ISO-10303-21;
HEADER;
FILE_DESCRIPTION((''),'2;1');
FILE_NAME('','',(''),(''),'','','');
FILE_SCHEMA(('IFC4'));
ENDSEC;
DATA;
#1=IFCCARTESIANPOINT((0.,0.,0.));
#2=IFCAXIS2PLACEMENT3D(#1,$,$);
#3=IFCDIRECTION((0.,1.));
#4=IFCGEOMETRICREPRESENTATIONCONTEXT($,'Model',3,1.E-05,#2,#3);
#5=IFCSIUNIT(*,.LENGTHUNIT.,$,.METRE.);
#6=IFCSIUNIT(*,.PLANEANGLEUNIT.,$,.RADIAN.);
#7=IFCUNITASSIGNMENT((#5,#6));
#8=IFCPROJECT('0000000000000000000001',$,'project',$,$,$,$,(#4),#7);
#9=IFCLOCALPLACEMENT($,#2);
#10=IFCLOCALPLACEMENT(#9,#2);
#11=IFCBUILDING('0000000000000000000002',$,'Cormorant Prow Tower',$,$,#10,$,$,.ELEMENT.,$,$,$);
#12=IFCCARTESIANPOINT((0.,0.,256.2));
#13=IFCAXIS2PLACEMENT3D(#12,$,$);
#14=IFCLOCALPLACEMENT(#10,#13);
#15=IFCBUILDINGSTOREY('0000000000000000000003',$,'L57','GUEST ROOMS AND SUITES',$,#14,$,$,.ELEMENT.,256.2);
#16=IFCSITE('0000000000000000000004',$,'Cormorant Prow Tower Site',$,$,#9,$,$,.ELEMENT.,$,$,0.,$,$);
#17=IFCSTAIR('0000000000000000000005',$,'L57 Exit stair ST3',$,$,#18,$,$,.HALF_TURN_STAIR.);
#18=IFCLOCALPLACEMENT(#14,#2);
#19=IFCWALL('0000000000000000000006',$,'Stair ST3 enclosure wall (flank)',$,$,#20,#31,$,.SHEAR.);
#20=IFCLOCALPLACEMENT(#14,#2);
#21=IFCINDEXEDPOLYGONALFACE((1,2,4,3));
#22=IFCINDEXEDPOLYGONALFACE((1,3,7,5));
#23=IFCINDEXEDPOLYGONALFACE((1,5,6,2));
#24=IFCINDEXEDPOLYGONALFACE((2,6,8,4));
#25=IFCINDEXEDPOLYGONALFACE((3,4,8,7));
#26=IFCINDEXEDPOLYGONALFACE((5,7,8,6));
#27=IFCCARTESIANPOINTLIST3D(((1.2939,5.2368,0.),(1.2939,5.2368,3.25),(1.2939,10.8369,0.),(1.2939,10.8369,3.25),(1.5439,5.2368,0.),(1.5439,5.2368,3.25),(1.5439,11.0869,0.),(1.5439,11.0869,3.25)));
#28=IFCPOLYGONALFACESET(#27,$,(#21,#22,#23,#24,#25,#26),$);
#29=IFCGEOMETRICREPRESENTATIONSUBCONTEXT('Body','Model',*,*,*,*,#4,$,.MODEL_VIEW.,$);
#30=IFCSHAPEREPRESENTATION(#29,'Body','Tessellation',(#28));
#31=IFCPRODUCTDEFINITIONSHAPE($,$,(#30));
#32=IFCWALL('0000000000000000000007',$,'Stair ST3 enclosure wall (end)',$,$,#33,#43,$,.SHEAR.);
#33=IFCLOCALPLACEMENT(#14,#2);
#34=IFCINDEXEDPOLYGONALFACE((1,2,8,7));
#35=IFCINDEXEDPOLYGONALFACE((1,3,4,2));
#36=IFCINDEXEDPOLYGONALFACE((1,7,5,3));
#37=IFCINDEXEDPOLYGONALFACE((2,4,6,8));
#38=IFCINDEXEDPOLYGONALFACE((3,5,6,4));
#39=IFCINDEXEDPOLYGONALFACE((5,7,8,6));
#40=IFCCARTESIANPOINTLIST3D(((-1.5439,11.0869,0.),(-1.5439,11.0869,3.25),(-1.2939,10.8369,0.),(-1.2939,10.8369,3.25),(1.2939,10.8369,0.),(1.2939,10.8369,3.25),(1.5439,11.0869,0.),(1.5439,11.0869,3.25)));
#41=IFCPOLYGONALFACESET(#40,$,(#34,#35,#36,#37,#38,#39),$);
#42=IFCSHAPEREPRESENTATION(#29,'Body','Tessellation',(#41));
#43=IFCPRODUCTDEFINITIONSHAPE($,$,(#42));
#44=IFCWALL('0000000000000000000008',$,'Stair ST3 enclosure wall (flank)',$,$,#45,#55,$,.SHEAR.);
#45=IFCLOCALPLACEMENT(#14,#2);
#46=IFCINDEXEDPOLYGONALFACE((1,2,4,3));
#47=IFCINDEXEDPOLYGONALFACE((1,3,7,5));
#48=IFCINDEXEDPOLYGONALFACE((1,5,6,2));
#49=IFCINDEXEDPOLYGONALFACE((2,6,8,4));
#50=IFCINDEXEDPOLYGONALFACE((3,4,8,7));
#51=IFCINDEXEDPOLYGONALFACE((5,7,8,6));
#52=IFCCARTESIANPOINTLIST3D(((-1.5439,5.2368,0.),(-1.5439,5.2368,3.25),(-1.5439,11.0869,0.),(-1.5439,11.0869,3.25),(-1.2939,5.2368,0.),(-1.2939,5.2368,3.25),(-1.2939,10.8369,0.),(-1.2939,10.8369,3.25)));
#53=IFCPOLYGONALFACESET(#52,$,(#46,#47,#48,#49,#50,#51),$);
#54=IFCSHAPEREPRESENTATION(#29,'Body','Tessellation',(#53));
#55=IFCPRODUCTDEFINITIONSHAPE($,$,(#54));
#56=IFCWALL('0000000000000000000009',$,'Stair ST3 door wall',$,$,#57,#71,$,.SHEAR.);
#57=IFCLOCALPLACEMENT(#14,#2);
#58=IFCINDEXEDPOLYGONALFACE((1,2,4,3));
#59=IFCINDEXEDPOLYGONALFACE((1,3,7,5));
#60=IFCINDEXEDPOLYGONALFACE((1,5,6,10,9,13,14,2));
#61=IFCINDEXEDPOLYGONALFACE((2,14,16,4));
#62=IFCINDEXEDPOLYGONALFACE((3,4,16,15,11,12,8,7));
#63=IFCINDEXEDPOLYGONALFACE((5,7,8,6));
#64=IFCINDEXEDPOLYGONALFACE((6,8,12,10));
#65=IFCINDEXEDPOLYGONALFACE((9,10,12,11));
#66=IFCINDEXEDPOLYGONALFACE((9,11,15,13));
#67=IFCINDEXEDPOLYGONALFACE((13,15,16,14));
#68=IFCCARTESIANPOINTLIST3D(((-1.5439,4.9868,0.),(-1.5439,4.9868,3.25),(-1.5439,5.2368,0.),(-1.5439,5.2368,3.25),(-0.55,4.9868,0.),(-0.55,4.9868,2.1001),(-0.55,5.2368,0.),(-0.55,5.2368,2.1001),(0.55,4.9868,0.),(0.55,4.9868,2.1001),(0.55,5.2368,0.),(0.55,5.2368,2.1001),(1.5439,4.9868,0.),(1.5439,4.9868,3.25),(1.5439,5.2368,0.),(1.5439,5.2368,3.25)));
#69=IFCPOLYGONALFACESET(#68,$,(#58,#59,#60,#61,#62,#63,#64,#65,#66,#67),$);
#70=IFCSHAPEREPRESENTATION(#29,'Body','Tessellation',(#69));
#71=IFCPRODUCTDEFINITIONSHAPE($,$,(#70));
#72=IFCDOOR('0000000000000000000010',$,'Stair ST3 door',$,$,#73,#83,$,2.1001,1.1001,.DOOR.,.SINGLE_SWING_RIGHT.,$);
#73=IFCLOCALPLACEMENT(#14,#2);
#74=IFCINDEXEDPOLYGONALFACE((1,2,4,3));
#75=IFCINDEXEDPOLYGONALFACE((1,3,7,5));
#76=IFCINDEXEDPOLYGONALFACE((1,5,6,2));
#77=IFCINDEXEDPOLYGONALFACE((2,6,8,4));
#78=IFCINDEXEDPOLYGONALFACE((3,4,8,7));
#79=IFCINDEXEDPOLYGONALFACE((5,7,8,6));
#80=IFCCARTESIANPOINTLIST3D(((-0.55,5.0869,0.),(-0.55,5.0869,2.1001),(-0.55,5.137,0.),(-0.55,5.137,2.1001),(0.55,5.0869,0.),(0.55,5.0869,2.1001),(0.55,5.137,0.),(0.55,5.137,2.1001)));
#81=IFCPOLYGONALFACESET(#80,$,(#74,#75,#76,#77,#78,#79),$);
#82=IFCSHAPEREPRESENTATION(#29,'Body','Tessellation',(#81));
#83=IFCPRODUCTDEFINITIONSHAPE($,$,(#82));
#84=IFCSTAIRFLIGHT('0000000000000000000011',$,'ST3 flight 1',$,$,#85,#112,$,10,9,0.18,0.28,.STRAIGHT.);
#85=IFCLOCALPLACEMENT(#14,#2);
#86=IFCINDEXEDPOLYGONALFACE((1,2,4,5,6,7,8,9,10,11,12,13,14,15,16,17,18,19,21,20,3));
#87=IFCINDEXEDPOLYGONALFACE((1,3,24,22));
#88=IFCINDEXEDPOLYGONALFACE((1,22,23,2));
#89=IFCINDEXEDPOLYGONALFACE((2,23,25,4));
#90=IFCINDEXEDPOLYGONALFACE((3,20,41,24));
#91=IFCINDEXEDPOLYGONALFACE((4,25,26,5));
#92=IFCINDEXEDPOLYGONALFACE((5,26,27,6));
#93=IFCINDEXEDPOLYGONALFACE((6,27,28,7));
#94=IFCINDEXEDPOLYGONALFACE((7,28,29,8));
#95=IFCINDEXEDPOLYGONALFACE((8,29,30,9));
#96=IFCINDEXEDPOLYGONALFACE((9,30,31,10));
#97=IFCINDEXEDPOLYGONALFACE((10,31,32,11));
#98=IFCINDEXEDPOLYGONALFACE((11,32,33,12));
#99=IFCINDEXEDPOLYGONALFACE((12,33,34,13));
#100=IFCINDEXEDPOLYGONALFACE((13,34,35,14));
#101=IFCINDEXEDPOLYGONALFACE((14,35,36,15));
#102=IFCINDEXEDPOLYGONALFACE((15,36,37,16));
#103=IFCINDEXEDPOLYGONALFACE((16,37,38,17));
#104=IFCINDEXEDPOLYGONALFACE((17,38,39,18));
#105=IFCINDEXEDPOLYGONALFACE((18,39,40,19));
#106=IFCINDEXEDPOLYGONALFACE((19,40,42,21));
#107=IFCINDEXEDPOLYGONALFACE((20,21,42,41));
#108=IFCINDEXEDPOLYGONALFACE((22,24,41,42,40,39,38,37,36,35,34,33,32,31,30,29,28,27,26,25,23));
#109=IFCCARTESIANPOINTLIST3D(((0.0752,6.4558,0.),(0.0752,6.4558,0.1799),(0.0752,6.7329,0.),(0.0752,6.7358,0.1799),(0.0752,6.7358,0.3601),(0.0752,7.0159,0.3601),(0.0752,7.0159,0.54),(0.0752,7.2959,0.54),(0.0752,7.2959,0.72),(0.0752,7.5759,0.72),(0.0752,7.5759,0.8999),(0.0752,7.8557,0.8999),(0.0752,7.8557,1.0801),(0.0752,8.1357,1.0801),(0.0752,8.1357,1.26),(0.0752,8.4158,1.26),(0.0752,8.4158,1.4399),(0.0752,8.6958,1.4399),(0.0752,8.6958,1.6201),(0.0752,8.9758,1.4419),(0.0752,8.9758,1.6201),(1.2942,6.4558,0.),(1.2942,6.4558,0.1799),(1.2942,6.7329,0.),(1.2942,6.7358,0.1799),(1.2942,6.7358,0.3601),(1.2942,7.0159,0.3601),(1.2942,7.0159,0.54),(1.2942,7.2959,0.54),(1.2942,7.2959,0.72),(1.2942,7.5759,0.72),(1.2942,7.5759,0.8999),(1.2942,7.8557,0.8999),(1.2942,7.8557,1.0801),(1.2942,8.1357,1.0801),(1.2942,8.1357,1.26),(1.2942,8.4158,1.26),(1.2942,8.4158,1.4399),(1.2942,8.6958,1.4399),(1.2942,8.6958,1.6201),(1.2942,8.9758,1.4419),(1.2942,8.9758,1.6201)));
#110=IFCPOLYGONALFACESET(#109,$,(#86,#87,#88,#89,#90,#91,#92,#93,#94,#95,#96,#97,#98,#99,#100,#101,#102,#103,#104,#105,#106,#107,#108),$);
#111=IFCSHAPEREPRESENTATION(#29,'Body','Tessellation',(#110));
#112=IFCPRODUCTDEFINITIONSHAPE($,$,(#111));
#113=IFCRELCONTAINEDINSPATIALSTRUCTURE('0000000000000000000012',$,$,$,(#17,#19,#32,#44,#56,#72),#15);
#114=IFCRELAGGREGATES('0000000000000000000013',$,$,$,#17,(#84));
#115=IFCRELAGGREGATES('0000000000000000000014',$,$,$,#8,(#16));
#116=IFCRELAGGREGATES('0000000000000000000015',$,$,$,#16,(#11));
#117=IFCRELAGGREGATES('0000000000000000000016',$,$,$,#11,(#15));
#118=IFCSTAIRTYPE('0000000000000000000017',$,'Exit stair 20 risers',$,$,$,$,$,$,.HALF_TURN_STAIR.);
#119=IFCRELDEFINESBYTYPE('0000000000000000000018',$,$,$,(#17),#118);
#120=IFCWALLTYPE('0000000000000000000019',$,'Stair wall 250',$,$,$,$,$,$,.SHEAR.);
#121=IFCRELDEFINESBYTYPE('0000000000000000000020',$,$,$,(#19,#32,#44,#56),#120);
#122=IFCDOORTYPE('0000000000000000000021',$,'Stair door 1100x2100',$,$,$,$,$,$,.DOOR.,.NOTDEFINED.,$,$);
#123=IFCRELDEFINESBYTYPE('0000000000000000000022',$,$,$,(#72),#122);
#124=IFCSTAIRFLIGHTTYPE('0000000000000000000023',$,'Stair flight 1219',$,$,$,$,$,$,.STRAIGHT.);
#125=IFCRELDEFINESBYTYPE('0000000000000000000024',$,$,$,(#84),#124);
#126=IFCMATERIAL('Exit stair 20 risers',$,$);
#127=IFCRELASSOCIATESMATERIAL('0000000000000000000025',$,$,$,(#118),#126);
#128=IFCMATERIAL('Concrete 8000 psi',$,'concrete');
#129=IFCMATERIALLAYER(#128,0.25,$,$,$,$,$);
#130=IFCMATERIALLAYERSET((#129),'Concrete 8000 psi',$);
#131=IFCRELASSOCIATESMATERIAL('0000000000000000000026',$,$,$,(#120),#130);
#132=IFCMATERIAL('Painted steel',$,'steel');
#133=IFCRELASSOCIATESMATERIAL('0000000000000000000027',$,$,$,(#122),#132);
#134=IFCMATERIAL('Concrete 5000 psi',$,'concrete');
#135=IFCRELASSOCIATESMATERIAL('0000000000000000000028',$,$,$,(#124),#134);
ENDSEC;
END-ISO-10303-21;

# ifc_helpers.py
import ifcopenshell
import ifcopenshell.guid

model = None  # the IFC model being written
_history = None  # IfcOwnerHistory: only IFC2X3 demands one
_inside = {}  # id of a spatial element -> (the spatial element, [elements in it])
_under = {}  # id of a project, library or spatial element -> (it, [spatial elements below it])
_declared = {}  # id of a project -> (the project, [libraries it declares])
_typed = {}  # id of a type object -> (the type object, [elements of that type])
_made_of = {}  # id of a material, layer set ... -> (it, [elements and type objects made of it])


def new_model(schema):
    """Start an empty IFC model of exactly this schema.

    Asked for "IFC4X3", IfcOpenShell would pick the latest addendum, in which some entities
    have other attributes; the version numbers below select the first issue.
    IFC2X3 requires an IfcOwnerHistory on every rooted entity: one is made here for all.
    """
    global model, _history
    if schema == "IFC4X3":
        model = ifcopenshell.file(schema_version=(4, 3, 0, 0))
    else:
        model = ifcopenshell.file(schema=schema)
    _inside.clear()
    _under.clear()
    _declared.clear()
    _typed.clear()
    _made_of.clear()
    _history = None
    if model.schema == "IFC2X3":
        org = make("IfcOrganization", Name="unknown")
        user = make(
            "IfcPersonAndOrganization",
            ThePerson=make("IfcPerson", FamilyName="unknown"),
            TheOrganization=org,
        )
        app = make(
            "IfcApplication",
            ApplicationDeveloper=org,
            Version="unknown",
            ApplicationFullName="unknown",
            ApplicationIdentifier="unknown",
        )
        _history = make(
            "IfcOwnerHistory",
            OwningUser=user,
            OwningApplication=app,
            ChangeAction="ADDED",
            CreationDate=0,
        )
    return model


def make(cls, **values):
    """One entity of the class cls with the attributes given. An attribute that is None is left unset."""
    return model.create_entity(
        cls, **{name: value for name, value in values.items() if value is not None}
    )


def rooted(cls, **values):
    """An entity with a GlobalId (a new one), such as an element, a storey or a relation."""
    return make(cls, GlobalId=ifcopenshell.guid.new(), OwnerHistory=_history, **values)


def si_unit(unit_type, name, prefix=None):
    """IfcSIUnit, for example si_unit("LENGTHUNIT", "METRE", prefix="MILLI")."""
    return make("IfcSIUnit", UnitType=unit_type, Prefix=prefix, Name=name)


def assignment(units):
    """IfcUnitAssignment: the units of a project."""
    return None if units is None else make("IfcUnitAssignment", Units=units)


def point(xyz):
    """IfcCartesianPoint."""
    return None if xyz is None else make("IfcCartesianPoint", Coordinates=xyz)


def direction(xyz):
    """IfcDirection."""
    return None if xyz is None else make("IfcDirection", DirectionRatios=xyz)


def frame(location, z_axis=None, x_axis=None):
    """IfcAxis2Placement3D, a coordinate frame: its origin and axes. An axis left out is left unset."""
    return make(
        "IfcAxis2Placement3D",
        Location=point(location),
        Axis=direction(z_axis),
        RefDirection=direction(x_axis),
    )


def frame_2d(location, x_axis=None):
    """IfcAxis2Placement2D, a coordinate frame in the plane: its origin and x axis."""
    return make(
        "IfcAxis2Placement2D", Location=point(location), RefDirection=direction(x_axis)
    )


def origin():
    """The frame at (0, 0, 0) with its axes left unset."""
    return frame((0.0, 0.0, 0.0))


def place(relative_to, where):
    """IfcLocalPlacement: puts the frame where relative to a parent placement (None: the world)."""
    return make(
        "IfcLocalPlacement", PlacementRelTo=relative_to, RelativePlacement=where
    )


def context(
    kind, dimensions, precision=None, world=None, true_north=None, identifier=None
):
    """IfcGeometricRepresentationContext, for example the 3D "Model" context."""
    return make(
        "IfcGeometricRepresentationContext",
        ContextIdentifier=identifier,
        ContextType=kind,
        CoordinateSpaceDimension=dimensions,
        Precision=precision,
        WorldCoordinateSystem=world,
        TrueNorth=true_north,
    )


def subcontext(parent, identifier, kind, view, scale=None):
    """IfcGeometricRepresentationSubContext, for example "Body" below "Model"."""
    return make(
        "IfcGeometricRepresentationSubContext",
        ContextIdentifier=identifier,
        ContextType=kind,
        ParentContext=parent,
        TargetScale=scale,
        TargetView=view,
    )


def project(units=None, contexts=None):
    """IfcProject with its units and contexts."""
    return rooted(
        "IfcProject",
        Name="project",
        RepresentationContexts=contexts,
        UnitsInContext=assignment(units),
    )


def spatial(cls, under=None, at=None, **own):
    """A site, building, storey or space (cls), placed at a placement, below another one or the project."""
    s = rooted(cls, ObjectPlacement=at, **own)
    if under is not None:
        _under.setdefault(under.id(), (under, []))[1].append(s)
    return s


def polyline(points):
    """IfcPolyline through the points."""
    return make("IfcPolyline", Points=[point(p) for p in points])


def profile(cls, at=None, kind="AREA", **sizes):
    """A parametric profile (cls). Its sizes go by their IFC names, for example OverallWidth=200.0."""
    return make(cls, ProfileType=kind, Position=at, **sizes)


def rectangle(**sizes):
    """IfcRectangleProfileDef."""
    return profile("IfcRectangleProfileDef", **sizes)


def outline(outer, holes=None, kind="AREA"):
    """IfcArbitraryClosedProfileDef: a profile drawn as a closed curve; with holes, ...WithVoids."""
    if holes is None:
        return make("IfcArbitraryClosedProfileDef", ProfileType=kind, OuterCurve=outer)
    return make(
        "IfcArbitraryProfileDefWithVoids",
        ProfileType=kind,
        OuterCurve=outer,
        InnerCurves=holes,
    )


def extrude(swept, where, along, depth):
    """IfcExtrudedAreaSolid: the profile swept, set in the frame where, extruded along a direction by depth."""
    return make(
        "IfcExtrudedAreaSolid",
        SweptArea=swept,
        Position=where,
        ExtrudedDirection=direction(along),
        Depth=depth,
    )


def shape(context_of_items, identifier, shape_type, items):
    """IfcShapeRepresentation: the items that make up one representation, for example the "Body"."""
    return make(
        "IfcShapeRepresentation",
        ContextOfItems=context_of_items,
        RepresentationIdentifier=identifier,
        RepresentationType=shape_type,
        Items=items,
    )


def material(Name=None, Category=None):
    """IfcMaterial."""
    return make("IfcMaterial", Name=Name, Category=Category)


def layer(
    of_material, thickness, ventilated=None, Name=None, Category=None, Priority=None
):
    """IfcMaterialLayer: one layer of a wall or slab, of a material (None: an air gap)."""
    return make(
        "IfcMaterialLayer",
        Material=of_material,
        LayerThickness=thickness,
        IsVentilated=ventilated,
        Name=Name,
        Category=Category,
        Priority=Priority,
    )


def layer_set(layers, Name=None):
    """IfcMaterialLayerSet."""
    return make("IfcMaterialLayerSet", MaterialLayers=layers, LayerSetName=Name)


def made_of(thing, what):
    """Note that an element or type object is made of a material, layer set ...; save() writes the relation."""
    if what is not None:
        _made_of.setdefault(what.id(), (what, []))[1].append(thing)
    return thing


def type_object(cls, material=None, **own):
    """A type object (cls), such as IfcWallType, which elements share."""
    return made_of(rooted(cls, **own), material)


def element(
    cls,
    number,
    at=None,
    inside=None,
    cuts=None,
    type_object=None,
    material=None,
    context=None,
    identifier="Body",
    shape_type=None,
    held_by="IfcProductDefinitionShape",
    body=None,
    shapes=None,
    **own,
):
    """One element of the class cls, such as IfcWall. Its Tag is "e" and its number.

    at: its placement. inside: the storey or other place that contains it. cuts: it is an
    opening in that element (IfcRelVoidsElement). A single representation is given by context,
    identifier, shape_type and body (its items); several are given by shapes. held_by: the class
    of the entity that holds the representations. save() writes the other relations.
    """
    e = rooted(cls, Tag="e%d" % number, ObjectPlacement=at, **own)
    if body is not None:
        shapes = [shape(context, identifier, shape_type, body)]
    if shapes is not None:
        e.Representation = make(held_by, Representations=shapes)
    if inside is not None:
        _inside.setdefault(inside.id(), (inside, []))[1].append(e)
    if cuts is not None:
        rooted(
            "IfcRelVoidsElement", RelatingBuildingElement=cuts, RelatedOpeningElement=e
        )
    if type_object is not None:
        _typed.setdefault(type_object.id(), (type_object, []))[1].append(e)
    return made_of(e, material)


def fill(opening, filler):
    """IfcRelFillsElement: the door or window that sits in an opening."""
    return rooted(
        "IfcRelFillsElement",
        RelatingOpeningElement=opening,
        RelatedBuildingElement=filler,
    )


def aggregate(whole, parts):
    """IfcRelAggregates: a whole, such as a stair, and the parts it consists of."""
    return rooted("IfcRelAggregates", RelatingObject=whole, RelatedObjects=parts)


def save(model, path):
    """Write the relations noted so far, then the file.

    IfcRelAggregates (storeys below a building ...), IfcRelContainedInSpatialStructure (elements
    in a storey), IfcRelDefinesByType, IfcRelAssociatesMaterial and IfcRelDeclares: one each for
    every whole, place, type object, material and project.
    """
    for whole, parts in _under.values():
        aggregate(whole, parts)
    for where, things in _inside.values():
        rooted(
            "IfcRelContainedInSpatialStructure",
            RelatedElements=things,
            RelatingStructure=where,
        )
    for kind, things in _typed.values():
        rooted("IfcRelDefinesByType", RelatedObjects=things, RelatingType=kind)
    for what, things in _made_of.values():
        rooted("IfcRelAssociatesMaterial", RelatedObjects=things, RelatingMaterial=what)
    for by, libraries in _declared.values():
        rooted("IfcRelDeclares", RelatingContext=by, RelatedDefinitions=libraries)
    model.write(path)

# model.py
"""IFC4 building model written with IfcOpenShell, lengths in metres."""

from ifc_helpers import new_model, si_unit, direction, frame, frame_2d, origin, place, context, subcontext, project, spatial, polyline, rectangle, outline, extrude, material, layer, layer_set, type_object, element, fill, aggregate, save


model = new_model("IFC4")

# Units and contexts
model_context = context("Model", 3, precision=1e-05, world=origin(), true_north=direction((0.0, 1.0)))
body_context = subcontext(model_context, "Body", "Model", "MODEL_VIEW")
ifc_project = project(units=[si_unit("LENGTHUNIT", "METRE"), si_unit("PLANEANGLEUNIT", "RADIAN")], contexts=[model_context])

# Site, building, storey
site_placement = place(None, origin())
site = spatial("IfcSite", under=ifc_project, at=site_placement, Name="Cormorant Prow Tower Site", CompositionType="ELEMENT", RefElevation=0.0)
building_placement = place(site_placement, origin())
building = spatial("IfcBuilding", under=site, at=building_placement, Name="Cormorant Prow Tower", CompositionType="ELEMENT")
storey_placement = place(building_placement, frame((0.0, 0.0, 256.2)))
storey = spatial("IfcBuildingStorey", under=building, at=storey_placement, Name="L57", Description="GUEST ROOMS AND SUITES", CompositionType="ELEMENT", Elevation=256.2)

# Stair
ifc_material_1 = material(Name="Exit stair 20 risers")
stair_type = type_object("IfcStairType", Name="Exit stair 20 risers", PredefinedType="HALF_TURN_STAIR", material=ifc_material_1)
stair_1_placement = place(storey_placement, origin())
stair_1 = element("IfcStair", 1, at=stair_1_placement, inside=storey, type_object=stair_type, Name="L57 Exit stair ST3", PredefinedType="HALF_TURN_STAIR")

# Walls
ifc_material_2 = material(Name="Concrete 8000 psi", Category="concrete")
ifc_layer_1 = layer(ifc_material_2, 0.25)
ifc_layer_set_1 = layer_set([ifc_layer_1], Name="Concrete 8000 psi")
wall_type_1 = type_object("IfcWallType", Name="Stair wall 250", PredefinedType="SHEAR", material=ifc_layer_set_1)
wall_1_placement = place(storey_placement, origin())
element("IfcWall", 2, at=wall_1_placement, inside=storey, type_object=wall_type_1, Name="Stair ST3 enclosure wall (flank)", PredefinedType="SHEAR", context=body_context, shape_type="SweptSolid", body=[
    extrude(outline(polyline([(1.5439, 5.2368), (1.5439, 11.0869), (1.2939, 10.8369), (1.2939, 5.2368), (1.5439, 5.2368)])), origin(), (0.0, 0.0, 1.0), 3.25),
])
wall_2_placement = place(storey_placement, origin())
element("IfcWall", 3, at=wall_2_placement, inside=storey, type_object=wall_type_1, Name="Stair ST3 enclosure wall (end)", PredefinedType="SHEAR", context=body_context, shape_type="SweptSolid", body=[
    extrude(outline(polyline([(1.5439, 11.0869), (-1.5439, 11.0869), (-1.2939, 10.8369), (1.2939, 10.8369), (1.5439, 11.0869)])), origin(), (0.0, 0.0, 1.0), 3.25),
])
wall_3_placement = place(storey_placement, origin())
element("IfcWall", 4, at=wall_3_placement, inside=storey, type_object=wall_type_1, Name="Stair ST3 enclosure wall (flank)", PredefinedType="SHEAR", context=body_context, shape_type="SweptSolid", body=[
    extrude(outline(polyline([(-1.2939, 10.8369), (-1.5439, 11.0869), (-1.5439, 5.2368), (-1.2939, 5.2368), (-1.2939, 10.8369)])), origin(), (0.0, 0.0, 1.0), 3.25),
])

# Wall, opening, door
wall_4_placement = place(storey_placement, frame((1.5439, 5.1118, 0.0), z_axis=(0.0, 0.0, 1.0), x_axis=(-1.0, 0.0, 0.0)))
wall_4 = element("IfcWall", 5, at=wall_4_placement, inside=storey, type_object=wall_type_1, Name="Stair ST3 door wall", PredefinedType="SHEAR", context=body_context, shape_type="SweptSolid", body=[
    extrude(rectangle(XDim=3.0879, YDim=0.25, at=frame_2d((1.5439, 0.0))), origin(), (0.0, 0.0, 1.0), 3.25),
])
opening_placement = place(wall_4_placement, frame((0.9939, 0.0, 0.0)))
opening = element("IfcOpeningElement", 6, at=opening_placement, cuts=wall_4, PredefinedType="OPENING", context=body_context, shape_type="SweptSolid", body=[
    extrude(rectangle(XDim=1.1001, YDim=2.1001, at=frame_2d((0.55, 1.05))), frame((0.0, 0.135, 0.0), z_axis=(0.0, -1.0, 0.0), x_axis=(1.0, 0.0, 0.0)), (0.0, 0.0, 1.0), 0.27),
])
ifc_material_3 = material(Name="Painted steel", Category="steel")
door_type = type_object("IfcDoorType", Name="Stair door 1100x2100", OperationType="NOTDEFINED", PredefinedType="DOOR", material=ifc_material_3)
door_placement = place(opening_placement, origin())
door = element("IfcDoor", 7, at=door_placement, inside=storey, type_object=door_type, Name="Stair ST3 door", OperationType="SINGLE_SWING_RIGHT", OverallHeight=2.1001, OverallWidth=1.1001, PredefinedType="DOOR", context=body_context, shape_type="SweptSolid", body=[
    extrude(rectangle(XDim=1.1001, YDim=2.1001, at=frame_2d((0.55, 1.05))), frame((0.0, 0.0249, 0.0), z_axis=(0.0, -1.0, 0.0), x_axis=(1.0, 0.0, 0.0)), (0.0, 0.0, 1.0), 0.05),
])
fill(opening, door)

# Stair flight
ifc_material_4 = material(Name="Concrete 5000 psi", Category="concrete")
stair_flight_type = type_object("IfcStairFlightType", Name="Stair flight 1219", PredefinedType="STRAIGHT", material=ifc_material_4)
stair_flight_placement = place(storey_placement, frame((0.6846, 6.4558, 0.0), z_axis=(0.0, 0.0, 1.0), x_axis=(0.0, 1.0, 0.0)))
stair_flight = element("IfcStairFlight", 8, at=stair_flight_placement, type_object=stair_flight_type, Name="ST3 flight 1", NumberOfRisers=10, NumberOfTreads=9, PredefinedType="STRAIGHT", RiserHeight=0.18, TreadLength=0.28, context=body_context, shape_type="SweptSolid", body=[
    extrude(outline(polyline([(0.0, 0.0), (0.0, 0.1799), (0.28, 0.1799), (0.28, 0.3601), (0.5601, 0.3601), (0.5601, 0.54), (0.8401, 0.54), (0.8401, 0.72), (1.1201, 0.72), (1.1201, 0.8999), (1.3999, 0.8999), (1.3999, 1.0801), (1.6799, 1.0801), (1.6799, 1.26), (1.96, 1.26), (1.96, 1.4399), (2.24, 1.4399), (2.24, 1.6201), (2.52, 1.6201), (2.52, 1.8), (2.52, 1.4419), (0.2771, 0.0), (0.0, 0.0)])), frame((0.0, 0.6094, 0.0), z_axis=(0.0, -1.0, 0.0), x_axis=(1.0, 0.0, 0.0)), (0.0, 0.0, 1.0), 1.219),
])
aggregate(stair_1, [stair_flight])

save(model, "model.ifc")
